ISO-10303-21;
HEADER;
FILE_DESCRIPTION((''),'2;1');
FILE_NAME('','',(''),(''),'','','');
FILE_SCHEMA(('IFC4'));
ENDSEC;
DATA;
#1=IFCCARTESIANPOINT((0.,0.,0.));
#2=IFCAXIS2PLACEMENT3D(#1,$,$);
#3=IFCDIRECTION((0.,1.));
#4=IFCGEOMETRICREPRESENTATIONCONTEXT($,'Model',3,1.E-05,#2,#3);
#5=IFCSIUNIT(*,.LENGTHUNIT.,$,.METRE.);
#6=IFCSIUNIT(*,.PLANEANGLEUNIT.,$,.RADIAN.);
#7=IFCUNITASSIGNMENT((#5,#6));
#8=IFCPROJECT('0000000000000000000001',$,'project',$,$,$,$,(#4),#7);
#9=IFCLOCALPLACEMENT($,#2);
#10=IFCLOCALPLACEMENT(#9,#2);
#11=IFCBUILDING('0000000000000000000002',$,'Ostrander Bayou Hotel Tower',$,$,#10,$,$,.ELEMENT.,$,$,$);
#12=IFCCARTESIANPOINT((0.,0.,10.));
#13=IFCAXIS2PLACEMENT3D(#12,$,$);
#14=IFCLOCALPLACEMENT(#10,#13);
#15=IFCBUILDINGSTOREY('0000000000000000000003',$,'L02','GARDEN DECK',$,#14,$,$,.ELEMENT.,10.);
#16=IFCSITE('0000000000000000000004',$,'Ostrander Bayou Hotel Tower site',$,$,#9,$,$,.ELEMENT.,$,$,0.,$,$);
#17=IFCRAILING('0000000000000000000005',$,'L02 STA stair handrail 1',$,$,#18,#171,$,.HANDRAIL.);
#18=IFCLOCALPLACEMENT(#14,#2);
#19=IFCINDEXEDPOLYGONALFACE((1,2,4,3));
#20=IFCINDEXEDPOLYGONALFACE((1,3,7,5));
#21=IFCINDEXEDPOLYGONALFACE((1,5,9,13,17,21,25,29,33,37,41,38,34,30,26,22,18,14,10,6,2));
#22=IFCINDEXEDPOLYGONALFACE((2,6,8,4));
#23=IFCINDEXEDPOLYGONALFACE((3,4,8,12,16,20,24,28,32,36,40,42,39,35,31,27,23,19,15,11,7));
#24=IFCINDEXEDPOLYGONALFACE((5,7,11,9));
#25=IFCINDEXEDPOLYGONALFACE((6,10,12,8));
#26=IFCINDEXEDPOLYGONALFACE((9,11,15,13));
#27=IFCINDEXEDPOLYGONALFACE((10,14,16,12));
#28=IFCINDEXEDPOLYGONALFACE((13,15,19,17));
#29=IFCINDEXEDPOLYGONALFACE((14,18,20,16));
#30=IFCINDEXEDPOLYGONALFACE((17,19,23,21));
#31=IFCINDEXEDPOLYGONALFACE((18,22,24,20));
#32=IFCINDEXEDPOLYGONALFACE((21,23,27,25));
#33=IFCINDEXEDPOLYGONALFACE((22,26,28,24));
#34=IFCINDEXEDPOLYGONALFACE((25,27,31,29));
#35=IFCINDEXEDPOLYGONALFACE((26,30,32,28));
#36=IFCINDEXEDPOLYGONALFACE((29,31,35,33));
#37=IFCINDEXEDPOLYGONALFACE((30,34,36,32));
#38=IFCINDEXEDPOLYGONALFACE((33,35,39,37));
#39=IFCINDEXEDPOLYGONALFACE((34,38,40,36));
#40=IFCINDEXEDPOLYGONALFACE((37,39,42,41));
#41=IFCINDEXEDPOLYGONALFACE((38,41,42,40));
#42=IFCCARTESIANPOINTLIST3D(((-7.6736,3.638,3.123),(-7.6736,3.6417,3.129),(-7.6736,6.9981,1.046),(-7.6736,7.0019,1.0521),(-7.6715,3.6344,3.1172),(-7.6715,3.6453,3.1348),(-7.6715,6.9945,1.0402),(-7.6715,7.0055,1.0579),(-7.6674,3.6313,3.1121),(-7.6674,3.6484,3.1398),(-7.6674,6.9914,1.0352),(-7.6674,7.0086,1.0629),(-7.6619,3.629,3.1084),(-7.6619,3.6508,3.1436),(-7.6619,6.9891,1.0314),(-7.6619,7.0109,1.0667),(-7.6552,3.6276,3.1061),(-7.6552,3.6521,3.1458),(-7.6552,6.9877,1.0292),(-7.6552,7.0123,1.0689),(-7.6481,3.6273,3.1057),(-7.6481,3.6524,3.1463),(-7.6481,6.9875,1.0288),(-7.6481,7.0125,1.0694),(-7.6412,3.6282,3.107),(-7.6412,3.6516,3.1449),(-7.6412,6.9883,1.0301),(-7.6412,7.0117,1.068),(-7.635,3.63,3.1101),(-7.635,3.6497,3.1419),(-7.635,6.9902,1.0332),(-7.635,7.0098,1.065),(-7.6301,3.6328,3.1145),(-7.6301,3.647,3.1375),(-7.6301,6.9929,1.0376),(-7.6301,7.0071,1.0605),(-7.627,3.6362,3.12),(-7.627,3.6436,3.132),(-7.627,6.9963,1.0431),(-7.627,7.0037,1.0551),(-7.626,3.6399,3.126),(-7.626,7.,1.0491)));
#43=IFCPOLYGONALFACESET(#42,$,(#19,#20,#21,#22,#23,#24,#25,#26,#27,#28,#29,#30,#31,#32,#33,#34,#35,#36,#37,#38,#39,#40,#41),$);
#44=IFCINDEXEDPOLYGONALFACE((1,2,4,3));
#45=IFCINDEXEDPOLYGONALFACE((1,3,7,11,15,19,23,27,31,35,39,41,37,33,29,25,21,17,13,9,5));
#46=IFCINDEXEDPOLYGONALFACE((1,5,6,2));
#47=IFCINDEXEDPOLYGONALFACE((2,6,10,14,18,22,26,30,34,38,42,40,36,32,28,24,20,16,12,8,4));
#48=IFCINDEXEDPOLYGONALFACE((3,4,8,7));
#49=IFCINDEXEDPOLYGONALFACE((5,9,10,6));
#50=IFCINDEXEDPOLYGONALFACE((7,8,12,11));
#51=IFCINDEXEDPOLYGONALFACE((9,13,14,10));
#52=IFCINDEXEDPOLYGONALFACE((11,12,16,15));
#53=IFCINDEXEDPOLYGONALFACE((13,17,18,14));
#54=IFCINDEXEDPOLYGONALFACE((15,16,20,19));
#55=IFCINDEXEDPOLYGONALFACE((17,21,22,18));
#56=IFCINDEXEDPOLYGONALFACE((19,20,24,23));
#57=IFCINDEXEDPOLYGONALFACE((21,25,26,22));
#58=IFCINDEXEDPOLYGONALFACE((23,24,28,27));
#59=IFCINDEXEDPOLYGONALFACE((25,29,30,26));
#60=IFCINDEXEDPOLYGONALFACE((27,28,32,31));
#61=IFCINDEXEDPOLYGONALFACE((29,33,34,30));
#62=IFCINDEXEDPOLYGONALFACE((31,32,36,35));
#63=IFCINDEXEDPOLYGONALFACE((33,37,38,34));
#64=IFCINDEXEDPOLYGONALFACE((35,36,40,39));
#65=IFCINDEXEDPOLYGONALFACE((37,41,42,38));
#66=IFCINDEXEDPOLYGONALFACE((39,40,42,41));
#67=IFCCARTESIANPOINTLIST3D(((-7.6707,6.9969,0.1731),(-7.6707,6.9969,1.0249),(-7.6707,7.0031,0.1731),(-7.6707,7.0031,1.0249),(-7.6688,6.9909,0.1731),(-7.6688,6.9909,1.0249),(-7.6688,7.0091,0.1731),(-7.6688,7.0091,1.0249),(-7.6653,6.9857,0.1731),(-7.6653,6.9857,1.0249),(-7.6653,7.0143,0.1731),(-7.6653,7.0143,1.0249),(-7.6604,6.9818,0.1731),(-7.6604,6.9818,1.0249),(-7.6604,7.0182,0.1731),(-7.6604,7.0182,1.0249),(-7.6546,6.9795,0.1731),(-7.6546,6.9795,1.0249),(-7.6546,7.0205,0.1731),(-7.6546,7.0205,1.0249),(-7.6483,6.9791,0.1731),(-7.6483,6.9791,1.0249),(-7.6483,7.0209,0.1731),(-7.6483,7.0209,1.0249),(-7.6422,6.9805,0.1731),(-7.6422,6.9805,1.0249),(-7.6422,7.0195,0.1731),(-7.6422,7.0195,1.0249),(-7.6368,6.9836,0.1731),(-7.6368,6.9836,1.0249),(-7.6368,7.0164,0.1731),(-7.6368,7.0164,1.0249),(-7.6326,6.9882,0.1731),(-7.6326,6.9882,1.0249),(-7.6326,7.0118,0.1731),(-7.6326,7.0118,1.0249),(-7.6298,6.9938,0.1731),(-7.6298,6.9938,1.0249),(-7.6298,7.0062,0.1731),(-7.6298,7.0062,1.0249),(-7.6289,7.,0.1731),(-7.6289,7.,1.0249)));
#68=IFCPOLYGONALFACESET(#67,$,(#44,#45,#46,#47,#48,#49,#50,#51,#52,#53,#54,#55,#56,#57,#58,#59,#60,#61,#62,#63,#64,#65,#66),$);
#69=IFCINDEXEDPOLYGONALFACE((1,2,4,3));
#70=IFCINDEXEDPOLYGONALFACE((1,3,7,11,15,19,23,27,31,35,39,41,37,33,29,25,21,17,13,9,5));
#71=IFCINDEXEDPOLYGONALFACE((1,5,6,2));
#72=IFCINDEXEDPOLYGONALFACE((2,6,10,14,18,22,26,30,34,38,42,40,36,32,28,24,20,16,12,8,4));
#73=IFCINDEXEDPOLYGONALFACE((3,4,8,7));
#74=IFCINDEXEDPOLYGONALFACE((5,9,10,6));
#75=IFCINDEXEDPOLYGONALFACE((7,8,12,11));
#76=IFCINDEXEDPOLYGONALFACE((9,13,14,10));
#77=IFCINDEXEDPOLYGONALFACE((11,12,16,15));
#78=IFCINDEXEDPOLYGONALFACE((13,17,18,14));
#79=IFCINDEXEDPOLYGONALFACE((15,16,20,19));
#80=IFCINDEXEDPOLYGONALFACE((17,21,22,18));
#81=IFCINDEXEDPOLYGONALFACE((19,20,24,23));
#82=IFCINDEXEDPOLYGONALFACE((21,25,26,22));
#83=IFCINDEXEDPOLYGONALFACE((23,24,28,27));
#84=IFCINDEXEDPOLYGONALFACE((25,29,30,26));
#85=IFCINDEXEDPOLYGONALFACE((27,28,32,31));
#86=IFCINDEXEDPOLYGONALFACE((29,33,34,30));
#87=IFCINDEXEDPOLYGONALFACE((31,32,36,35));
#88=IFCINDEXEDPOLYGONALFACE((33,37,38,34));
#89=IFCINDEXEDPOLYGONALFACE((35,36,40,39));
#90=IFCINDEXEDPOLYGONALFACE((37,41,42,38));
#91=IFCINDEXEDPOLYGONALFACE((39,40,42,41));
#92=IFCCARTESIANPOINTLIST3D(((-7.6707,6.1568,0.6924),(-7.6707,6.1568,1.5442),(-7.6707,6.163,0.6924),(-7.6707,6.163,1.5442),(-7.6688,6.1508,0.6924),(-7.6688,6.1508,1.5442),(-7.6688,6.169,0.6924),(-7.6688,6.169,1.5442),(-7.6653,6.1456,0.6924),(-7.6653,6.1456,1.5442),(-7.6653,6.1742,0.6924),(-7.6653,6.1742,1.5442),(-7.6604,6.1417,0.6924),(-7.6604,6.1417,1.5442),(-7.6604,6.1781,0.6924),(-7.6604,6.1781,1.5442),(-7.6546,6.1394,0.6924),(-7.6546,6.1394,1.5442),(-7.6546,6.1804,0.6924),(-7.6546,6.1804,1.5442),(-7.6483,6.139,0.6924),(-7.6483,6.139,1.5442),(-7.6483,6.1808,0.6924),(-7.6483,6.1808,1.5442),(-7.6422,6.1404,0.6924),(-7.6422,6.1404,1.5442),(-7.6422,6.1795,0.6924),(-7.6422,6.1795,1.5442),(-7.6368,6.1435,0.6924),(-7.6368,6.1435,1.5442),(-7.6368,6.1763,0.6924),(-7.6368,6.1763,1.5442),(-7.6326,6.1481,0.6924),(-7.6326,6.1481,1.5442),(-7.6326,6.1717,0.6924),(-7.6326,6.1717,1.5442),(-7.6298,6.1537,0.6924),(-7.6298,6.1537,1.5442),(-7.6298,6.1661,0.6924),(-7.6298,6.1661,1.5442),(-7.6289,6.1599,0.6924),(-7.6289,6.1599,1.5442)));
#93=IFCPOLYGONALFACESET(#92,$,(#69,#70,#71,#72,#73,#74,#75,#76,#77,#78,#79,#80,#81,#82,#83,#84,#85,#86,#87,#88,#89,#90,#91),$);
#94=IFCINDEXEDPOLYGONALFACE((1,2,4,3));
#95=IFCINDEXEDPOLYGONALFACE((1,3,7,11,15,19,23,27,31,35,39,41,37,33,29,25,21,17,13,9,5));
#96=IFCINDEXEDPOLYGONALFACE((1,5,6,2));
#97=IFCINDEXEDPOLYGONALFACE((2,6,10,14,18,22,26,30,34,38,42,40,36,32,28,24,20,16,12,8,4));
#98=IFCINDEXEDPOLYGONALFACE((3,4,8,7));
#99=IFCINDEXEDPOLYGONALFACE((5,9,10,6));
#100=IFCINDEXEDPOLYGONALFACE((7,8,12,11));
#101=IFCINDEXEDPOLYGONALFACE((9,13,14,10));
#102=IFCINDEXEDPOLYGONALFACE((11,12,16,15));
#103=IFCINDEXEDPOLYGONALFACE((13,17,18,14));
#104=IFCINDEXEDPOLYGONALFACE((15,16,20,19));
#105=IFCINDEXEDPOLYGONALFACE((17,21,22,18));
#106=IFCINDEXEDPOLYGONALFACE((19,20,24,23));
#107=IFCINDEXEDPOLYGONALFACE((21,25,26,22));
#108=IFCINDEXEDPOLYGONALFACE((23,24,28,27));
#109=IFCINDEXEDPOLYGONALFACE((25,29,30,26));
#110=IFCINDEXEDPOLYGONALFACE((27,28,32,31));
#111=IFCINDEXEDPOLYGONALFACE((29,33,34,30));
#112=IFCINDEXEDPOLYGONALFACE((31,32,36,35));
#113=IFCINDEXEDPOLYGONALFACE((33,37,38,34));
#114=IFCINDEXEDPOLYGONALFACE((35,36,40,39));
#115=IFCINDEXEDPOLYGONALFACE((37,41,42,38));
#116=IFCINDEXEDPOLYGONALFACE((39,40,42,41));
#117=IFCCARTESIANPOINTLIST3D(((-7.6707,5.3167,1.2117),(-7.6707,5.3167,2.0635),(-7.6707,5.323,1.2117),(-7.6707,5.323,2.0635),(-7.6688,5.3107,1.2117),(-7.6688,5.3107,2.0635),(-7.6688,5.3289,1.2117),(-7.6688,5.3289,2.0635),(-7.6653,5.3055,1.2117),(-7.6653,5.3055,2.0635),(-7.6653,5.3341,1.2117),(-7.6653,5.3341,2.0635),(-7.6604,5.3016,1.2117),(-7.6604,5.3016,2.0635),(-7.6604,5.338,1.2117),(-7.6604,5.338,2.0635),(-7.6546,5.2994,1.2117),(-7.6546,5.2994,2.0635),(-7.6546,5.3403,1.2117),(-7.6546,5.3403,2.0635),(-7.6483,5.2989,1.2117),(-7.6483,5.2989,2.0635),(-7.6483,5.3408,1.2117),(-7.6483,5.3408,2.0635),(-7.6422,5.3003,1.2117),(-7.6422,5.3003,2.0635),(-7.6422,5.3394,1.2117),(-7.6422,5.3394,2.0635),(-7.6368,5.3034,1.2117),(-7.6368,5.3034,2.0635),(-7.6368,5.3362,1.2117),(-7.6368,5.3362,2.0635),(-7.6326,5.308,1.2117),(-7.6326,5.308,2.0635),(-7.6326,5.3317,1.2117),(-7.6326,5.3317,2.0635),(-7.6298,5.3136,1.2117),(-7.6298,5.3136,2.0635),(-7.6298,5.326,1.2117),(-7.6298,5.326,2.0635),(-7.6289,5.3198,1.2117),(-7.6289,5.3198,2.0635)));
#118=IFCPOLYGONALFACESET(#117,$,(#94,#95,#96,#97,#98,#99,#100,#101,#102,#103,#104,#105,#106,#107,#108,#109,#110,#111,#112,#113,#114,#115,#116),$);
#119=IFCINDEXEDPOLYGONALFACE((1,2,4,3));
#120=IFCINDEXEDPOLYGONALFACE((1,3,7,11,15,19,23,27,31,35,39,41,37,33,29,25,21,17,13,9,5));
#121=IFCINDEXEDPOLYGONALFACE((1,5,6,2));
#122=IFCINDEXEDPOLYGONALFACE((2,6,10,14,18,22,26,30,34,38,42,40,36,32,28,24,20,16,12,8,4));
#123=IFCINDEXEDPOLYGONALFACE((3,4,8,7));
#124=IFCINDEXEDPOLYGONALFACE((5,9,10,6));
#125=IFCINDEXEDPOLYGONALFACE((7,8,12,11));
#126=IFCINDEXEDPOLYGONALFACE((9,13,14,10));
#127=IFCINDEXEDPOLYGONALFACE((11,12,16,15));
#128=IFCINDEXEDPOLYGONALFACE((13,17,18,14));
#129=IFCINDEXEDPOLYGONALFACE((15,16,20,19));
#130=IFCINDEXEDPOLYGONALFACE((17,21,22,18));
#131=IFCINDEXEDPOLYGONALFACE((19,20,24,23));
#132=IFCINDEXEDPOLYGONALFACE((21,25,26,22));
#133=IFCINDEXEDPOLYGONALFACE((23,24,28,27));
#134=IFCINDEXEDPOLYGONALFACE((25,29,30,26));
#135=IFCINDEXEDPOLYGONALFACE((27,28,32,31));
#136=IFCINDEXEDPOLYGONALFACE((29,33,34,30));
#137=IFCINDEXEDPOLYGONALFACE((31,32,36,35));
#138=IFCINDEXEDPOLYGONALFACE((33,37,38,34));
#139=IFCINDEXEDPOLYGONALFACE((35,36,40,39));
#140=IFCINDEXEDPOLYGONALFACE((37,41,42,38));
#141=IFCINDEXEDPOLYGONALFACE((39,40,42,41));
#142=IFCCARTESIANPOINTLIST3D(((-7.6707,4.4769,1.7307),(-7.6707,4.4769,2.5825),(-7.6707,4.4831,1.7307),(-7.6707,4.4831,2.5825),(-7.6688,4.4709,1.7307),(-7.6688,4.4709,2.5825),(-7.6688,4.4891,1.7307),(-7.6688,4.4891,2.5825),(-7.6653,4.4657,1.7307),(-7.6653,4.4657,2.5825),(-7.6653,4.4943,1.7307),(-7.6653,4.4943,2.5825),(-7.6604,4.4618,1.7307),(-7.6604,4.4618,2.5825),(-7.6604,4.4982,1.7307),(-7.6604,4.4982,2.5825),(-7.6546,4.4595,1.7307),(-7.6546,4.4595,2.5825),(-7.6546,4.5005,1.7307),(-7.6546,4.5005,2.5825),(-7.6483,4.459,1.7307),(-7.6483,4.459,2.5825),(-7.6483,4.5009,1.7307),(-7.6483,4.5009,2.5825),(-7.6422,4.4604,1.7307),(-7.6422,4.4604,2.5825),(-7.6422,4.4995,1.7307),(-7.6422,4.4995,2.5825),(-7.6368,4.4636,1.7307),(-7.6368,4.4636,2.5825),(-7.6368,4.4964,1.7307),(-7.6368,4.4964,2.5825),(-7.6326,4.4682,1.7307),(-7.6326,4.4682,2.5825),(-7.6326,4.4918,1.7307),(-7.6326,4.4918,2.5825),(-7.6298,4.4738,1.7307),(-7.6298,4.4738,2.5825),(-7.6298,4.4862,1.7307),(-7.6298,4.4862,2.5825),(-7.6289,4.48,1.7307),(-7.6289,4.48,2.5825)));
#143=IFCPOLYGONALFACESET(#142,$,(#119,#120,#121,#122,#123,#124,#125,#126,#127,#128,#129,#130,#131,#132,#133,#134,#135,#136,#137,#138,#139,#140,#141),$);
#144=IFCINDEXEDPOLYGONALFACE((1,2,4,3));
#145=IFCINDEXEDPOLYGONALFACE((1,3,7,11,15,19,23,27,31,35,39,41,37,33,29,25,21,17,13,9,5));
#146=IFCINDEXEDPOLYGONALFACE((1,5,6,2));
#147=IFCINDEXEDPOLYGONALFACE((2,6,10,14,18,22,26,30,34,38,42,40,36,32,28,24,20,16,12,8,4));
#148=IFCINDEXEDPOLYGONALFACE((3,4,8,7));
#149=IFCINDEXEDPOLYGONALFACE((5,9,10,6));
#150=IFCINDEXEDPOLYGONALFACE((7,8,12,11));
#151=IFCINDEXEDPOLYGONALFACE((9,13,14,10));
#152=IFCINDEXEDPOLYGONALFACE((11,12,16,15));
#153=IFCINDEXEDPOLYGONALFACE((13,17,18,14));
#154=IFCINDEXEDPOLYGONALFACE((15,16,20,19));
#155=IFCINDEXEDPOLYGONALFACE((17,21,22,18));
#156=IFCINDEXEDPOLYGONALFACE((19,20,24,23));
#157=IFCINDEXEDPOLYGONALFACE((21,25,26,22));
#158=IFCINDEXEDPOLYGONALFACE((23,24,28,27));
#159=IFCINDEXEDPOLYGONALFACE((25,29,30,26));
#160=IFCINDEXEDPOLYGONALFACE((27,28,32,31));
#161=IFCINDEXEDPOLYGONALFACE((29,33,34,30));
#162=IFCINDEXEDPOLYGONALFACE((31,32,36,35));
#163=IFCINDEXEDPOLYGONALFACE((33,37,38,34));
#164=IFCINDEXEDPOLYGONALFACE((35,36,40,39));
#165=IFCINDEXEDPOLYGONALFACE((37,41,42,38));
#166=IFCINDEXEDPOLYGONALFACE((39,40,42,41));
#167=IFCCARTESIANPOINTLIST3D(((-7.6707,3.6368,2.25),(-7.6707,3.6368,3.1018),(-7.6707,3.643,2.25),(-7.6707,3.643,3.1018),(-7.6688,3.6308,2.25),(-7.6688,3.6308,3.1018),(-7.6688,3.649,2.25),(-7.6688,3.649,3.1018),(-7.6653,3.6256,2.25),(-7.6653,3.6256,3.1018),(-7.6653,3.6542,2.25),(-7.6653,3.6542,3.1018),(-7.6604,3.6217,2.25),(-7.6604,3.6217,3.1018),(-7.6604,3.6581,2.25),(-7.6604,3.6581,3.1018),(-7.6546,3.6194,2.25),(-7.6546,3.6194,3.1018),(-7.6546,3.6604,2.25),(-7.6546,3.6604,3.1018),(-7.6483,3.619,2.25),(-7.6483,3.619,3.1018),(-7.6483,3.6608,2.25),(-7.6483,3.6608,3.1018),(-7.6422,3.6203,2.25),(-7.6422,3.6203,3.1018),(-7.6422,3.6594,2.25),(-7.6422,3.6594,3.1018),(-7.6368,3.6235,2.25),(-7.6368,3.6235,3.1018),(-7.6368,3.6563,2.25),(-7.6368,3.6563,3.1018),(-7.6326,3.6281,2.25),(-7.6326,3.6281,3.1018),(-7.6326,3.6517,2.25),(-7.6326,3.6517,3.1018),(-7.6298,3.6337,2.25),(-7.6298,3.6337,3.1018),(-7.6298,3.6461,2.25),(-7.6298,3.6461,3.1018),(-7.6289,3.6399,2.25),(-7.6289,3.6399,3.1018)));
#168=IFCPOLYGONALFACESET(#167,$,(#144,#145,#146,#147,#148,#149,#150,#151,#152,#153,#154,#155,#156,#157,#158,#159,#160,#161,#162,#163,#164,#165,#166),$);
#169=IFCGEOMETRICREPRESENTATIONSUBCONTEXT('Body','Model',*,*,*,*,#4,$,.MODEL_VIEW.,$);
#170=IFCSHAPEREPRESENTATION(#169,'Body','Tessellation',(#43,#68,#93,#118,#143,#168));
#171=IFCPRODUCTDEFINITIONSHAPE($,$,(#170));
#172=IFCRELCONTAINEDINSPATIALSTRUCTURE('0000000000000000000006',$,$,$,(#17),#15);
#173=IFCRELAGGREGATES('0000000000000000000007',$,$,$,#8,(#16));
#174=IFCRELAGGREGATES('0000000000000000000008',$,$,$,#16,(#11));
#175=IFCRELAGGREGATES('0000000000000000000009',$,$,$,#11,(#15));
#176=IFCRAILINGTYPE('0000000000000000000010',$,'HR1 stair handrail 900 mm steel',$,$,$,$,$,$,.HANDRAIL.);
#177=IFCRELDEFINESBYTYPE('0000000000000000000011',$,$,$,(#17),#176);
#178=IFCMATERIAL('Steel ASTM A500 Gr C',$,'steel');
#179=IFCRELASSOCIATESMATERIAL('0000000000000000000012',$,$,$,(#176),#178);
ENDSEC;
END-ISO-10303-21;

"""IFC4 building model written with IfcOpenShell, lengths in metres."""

from ifc_helpers import new_model, si_unit, direction, frame, origin, origin_2d, place, context, subcontext, project, spatial, circle, extrude, material, type_object, element, save


model = new_model("IFC4")

# Units and contexts
model_context = context("Model", 3, precision=1e-05, world=origin(), true_north=direction((0.0, 1.0)))
body_context = subcontext(model_context, "Body", "Model", "MODEL_VIEW")
ifc_project = project(units=[si_unit("LENGTHUNIT", "METRE"), si_unit("PLANEANGLEUNIT", "RADIAN")], contexts=[model_context])

# Site, building, storey
site_placement = place(None, origin())
site = spatial("IfcSite", under=ifc_project, at=site_placement, Name="Ostrander Bayou Hotel Tower site", CompositionType="ELEMENT", RefElevation=0.0)
building_placement = place(site_placement, origin())
building = spatial("IfcBuilding", under=site, at=building_placement, Name="Ostrander Bayou Hotel Tower", CompositionType="ELEMENT")
storey_placement = place(building_placement, frame((0.0, 0.0, 10.0)))
storey = spatial("IfcBuildingStorey", under=building, at=storey_placement, Name="L02", Description="GARDEN DECK", CompositionType="ELEMENT", Elevation=10.0)

# Railing
ifc_material_1 = material(Name="Steel ASTM A500 Gr C", Category="steel")
railing_type_1 = type_object("IfcRailingType", Name="HR1 stair handrail 900 mm steel", PredefinedType="HANDRAIL", material=ifc_material_1)
railing_1_placement = place(storey_placement, frame((-7.6499, 7.0, 0.1731)))
element("IfcRailing", 1, at=railing_1_placement, inside=storey, type_object=railing_type_1, Name="L02 STA stair handrail 1", PredefinedType="HANDRAIL", context=body_context, shape_type="SweptSolid", body=[
    extrude(circle(Radius=0.0239, at=origin_2d()), frame((0.0, 0.0, 0.876), z_axis=(0.0, -0.850623, 0.525776), x_axis=(1.0, 0.0, 0.0)), (0.0, 0.0, 1.0), 3.9502),
    extrude(circle(Radius=0.021, at=origin_2d()), origin(), (0.0, 0.0, 1.0), 0.8518),
    extrude(circle(Radius=0.021, at=origin_2d()), frame((0.0, -0.8401, 0.5193)), (0.0, 0.0, 1.0), 0.8518),
    extrude(circle(Radius=0.021, at=origin_2d()), frame((0.0, -1.6802, 1.0386)), (0.0, 0.0, 1.0), 0.8518),
    extrude(circle(Radius=0.021, at=origin_2d()), frame((0.0, -2.52, 1.5576)), (0.0, 0.0, 1.0), 0.8518),
    extrude(circle(Radius=0.021, at=origin_2d()), frame((0.0, -3.3601, 2.0769)), (0.0, 0.0, 1.0), 0.8518),
])

save(model, "model.ifc")
